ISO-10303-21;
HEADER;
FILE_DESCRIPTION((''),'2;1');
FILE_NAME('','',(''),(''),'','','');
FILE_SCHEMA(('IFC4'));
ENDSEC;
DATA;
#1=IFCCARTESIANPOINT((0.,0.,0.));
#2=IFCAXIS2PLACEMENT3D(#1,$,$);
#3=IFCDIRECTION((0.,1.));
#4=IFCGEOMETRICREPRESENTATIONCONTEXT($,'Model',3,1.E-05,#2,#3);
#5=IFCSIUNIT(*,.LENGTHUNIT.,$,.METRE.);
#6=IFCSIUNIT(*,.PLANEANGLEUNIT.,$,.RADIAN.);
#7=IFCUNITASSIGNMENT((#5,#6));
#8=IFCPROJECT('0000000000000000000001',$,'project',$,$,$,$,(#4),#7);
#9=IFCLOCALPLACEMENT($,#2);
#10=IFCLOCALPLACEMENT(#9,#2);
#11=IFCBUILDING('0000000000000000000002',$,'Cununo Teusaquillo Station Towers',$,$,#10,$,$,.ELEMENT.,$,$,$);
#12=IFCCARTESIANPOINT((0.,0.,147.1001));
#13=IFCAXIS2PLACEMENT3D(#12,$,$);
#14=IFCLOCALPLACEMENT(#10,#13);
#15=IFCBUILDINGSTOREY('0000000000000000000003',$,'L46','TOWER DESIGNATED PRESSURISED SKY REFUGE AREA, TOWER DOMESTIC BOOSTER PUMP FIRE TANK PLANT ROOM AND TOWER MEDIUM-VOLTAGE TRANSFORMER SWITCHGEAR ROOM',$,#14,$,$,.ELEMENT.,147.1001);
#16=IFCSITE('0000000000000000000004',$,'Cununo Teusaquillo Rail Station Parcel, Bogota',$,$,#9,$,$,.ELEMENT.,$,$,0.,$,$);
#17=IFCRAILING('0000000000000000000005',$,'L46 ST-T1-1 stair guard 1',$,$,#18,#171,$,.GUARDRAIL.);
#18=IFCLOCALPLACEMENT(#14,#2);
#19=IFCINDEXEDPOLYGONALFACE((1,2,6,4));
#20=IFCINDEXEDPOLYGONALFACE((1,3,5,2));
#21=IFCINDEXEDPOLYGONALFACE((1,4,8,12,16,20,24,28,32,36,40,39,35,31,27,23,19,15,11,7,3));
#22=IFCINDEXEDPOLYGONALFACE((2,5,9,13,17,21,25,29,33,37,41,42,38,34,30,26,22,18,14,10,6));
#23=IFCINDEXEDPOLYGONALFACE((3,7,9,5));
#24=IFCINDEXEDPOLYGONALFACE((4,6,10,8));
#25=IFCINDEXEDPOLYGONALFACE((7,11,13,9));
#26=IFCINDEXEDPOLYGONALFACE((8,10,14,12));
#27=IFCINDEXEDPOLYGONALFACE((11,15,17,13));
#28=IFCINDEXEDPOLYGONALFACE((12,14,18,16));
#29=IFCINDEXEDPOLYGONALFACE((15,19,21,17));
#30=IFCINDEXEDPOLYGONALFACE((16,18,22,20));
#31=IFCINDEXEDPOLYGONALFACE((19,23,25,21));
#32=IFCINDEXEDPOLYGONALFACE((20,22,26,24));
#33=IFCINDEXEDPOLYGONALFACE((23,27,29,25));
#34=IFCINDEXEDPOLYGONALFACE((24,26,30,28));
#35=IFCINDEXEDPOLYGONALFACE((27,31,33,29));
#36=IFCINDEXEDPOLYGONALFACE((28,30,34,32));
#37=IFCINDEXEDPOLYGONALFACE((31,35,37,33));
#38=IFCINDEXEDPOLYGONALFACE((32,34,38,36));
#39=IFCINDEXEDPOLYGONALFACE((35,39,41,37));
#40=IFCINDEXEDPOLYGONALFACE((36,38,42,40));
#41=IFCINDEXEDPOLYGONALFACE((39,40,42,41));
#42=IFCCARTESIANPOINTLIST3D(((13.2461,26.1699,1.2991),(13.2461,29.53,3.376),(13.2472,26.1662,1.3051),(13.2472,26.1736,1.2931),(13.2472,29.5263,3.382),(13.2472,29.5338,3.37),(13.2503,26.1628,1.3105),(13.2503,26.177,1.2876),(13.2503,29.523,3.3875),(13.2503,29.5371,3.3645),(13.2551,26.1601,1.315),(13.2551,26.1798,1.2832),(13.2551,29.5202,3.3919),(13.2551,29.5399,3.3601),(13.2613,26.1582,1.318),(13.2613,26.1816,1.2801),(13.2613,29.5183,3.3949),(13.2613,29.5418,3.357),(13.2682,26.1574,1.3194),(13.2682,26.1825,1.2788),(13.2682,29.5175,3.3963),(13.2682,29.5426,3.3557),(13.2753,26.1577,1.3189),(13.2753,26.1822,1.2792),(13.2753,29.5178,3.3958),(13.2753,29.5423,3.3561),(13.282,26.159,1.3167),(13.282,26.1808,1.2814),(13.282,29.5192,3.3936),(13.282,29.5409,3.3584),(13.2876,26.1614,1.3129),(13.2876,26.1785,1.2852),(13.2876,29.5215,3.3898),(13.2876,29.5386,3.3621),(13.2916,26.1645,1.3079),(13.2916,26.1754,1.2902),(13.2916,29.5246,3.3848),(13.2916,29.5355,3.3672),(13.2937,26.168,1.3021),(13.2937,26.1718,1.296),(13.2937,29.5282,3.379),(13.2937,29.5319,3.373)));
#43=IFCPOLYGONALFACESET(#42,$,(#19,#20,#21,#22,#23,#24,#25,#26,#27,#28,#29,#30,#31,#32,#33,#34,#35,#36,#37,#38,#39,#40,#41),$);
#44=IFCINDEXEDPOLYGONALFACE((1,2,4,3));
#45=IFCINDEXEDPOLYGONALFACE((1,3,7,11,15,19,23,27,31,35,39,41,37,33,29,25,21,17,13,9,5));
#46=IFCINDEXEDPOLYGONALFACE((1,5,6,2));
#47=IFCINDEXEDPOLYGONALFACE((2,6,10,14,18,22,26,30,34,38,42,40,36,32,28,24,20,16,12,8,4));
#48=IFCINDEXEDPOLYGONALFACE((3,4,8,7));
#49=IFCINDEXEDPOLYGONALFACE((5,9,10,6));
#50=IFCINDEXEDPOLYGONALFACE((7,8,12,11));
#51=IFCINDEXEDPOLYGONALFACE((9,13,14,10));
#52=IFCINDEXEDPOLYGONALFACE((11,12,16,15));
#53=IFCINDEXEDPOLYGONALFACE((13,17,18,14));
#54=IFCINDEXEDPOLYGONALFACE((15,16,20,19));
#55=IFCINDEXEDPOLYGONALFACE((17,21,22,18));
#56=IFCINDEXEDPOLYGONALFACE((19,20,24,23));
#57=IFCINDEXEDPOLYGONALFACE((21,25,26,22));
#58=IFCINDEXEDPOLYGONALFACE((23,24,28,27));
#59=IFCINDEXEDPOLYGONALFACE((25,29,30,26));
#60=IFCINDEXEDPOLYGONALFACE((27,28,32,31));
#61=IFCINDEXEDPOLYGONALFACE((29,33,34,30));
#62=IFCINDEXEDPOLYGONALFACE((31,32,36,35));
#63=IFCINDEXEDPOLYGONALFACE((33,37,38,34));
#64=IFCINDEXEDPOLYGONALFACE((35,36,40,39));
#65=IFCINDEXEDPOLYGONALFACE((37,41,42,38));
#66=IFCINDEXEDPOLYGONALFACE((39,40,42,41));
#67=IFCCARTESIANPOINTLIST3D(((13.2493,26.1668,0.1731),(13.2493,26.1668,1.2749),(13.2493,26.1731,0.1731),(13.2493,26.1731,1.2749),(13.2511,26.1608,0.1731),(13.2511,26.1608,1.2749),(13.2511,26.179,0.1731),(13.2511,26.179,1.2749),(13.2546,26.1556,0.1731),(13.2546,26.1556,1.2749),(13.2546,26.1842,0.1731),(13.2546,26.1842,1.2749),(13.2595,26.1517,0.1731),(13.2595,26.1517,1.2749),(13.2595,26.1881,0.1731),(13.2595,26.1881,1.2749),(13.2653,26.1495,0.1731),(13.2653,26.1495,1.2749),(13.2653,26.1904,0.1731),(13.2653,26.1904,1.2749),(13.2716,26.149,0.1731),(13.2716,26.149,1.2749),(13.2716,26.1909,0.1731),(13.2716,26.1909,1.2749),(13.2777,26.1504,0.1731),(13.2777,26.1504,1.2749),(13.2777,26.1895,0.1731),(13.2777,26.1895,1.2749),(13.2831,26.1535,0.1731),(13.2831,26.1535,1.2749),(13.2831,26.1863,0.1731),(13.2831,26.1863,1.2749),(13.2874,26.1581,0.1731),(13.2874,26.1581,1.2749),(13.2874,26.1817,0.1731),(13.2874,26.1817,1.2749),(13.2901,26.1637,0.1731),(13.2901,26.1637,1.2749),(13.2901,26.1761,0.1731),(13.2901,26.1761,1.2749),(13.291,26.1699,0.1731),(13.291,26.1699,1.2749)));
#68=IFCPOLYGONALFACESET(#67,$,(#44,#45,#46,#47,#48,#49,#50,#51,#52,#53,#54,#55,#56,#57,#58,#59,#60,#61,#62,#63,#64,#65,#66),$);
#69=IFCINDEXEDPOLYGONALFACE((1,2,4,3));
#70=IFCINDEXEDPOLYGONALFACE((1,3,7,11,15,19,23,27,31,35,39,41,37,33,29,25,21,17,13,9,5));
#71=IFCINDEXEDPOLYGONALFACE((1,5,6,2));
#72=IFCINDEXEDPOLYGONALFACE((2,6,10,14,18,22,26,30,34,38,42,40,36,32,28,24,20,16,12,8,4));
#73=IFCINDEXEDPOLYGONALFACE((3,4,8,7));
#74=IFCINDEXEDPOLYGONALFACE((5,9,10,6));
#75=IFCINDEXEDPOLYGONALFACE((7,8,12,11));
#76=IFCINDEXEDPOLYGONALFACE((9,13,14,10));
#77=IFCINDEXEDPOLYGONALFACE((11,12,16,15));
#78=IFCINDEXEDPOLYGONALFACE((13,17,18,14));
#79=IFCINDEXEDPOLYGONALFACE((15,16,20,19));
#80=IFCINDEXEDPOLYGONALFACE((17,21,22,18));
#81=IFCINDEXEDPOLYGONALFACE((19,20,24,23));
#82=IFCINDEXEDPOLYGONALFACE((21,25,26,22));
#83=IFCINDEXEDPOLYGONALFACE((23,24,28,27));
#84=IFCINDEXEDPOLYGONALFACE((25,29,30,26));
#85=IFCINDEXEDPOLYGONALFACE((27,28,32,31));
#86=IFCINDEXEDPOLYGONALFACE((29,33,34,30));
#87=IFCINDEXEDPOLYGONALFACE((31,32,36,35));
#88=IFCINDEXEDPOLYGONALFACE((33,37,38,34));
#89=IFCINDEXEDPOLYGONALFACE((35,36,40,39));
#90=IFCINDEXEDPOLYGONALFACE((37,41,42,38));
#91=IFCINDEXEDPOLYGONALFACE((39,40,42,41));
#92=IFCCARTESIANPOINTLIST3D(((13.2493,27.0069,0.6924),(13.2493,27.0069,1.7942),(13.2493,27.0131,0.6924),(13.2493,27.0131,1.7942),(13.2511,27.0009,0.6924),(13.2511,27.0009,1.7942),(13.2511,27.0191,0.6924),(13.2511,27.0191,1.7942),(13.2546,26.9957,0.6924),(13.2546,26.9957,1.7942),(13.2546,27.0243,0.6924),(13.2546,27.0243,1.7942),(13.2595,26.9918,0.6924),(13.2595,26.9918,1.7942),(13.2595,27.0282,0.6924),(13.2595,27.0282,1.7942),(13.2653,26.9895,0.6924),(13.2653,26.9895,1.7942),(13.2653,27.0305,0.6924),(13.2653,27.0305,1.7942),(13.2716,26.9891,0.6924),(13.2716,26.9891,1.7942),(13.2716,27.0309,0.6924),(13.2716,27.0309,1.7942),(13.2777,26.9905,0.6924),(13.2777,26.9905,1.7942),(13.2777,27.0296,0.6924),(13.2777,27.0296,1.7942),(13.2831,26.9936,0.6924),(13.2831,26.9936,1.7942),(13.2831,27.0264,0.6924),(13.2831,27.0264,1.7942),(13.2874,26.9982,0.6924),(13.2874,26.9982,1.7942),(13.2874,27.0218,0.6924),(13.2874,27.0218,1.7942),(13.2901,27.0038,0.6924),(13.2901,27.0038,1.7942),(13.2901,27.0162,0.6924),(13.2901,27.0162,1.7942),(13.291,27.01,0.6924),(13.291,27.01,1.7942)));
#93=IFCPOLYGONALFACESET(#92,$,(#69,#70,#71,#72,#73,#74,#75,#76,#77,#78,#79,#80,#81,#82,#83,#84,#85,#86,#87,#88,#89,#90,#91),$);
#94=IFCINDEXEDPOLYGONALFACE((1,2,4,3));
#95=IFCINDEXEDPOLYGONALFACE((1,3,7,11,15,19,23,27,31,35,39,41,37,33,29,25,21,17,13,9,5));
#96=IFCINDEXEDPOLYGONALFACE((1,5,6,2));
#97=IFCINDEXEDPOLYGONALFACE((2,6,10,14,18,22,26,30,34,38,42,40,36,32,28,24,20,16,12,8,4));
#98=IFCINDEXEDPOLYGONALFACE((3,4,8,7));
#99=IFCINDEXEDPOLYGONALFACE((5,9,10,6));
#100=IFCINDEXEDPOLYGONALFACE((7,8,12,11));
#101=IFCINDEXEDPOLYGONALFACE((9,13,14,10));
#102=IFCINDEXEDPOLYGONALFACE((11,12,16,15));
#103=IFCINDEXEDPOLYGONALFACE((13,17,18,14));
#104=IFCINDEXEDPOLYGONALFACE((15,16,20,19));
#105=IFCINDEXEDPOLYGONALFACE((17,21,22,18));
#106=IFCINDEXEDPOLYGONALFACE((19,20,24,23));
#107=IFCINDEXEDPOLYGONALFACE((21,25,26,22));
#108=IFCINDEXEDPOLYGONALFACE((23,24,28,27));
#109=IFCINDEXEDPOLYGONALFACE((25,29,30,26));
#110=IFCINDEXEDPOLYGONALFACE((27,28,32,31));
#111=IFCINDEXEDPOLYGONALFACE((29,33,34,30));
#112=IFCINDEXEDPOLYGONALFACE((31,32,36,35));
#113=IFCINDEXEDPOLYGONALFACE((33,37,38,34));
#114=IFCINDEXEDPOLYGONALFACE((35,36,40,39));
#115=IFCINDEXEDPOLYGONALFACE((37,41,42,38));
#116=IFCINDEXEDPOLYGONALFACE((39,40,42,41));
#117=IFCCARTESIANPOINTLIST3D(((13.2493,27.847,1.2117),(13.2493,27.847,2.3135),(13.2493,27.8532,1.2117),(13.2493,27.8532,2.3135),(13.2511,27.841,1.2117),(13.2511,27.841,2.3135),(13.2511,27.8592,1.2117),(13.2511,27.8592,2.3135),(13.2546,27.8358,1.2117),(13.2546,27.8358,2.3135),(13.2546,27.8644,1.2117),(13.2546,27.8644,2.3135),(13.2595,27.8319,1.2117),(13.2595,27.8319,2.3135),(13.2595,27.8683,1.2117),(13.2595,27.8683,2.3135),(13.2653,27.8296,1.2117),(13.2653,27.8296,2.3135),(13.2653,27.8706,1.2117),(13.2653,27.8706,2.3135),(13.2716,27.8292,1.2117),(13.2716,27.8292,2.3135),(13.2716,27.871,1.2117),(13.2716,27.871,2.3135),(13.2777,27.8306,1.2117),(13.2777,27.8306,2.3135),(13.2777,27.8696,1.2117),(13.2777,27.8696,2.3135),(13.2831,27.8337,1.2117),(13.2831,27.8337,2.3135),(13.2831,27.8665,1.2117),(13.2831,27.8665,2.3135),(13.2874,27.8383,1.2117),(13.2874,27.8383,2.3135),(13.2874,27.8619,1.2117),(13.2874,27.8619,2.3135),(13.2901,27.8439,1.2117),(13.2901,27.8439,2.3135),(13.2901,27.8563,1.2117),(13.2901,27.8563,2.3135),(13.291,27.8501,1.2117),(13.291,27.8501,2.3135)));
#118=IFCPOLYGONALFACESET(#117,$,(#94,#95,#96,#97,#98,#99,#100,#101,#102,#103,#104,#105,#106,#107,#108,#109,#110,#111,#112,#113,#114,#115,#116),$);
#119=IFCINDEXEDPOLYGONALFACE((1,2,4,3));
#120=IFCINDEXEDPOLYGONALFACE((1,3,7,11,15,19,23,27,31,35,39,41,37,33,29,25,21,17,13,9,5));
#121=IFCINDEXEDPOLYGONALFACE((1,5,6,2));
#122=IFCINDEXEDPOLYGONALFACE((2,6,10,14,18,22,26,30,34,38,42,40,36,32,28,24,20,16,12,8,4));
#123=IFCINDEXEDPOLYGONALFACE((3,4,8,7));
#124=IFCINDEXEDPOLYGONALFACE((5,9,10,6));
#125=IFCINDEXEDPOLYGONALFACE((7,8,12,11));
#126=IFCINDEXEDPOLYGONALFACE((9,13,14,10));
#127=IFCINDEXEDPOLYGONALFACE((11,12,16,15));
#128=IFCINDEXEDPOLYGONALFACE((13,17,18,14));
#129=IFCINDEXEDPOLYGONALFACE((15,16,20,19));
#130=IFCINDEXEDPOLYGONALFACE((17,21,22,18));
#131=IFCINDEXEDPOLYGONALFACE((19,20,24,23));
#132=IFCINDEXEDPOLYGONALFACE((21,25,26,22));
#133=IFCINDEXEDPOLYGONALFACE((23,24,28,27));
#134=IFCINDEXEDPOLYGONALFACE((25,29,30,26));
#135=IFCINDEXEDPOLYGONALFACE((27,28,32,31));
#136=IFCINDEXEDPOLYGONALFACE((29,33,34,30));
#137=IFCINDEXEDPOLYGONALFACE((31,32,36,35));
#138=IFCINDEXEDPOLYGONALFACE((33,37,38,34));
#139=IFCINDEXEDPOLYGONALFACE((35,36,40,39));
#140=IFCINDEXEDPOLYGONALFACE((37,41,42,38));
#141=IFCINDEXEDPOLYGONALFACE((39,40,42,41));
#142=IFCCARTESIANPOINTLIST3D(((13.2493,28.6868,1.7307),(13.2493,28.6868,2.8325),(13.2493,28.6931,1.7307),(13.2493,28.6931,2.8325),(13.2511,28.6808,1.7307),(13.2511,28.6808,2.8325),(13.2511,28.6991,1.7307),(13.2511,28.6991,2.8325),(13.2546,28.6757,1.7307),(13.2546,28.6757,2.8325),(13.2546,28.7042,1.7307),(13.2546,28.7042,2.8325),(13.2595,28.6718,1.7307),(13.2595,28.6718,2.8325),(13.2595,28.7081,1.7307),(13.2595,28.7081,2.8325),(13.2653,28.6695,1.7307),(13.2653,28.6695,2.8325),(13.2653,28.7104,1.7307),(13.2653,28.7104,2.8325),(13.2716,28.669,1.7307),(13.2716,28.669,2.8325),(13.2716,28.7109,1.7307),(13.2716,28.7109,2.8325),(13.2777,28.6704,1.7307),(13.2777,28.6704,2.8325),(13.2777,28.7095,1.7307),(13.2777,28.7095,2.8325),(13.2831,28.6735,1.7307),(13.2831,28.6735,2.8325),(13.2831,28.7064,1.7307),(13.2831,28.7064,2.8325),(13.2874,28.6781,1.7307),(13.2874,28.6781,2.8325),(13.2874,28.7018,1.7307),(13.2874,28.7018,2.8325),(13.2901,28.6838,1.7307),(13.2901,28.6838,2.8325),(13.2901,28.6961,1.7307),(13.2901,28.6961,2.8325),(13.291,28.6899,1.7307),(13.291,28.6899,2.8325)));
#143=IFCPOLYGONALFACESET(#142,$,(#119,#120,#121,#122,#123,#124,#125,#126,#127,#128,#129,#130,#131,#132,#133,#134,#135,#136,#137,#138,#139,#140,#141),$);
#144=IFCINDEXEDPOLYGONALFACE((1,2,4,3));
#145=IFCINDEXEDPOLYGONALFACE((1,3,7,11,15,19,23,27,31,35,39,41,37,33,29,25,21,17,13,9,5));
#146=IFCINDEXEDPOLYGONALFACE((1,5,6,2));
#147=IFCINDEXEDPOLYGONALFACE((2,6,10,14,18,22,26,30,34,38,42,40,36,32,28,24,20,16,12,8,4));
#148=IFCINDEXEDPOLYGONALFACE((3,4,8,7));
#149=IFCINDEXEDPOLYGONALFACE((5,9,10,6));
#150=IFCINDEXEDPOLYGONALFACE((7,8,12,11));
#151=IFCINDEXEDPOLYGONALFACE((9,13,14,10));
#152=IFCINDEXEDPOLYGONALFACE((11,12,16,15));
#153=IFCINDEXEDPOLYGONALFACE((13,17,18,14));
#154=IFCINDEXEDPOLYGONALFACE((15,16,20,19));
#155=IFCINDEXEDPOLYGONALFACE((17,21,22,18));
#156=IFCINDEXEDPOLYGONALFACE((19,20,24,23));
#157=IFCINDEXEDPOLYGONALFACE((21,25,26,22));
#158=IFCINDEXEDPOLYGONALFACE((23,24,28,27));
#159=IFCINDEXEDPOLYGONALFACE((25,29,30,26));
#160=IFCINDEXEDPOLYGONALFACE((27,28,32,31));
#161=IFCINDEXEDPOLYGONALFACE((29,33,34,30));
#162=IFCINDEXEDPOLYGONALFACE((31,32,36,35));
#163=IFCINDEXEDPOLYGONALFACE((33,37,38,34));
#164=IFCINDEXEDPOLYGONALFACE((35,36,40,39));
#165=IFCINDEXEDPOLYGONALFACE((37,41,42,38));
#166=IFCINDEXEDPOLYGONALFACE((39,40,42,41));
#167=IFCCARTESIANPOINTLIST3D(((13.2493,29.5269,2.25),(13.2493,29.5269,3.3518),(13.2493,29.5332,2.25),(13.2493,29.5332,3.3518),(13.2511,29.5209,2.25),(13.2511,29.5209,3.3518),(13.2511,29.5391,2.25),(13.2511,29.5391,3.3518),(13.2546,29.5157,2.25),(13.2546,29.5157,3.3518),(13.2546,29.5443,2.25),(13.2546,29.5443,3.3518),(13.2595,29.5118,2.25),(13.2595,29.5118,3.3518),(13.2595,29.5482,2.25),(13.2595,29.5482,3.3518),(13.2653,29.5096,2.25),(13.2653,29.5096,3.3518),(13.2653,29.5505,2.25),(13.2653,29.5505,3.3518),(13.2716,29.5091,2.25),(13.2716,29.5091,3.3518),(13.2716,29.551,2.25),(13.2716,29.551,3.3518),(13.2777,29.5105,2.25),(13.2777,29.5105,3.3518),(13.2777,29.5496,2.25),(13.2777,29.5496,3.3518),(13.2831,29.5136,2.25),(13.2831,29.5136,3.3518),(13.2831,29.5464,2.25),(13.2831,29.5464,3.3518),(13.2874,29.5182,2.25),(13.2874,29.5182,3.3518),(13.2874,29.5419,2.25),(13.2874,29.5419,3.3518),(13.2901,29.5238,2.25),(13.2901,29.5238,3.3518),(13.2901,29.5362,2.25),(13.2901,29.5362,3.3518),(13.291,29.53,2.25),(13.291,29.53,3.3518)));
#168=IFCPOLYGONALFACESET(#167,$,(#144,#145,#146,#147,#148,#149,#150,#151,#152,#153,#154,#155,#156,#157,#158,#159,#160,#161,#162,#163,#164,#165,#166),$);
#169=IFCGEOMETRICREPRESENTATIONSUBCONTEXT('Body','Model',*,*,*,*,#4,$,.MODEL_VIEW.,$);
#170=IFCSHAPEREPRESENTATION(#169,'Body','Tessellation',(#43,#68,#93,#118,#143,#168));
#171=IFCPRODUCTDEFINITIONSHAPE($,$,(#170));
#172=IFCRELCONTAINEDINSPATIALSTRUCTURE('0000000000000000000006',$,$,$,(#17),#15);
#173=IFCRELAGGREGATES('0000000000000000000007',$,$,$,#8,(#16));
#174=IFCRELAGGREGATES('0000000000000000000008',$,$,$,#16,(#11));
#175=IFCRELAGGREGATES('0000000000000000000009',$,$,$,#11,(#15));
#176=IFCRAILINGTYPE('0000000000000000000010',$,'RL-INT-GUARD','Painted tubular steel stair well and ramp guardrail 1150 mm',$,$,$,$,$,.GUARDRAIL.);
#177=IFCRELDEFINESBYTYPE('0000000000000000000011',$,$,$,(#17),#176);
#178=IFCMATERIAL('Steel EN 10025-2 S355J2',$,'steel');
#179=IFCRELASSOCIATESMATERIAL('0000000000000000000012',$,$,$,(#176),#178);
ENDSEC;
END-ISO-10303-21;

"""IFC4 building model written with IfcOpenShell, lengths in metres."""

from ifc_helpers import new_model, si_unit, direction, frame, origin, origin_2d, place, context, subcontext, project, spatial, circle, extrude, material, type_object, element, save


model = new_model("IFC4")

# Units and contexts
model_context = context("Model", 3, precision=1e-05, world=origin(), true_north=direction((0.0, 1.0)))
body_context = subcontext(model_context, "Body", "Model", "MODEL_VIEW")
ifc_project = project(units=[si_unit("LENGTHUNIT", "METRE"), si_unit("PLANEANGLEUNIT", "RADIAN")], contexts=[model_context])

# Site, building, storey
site_placement = place(None, origin())
site = spatial("IfcSite", under=ifc_project, at=site_placement, Name="Cununo Teusaquillo Rail Station Parcel, Bogota", CompositionType="ELEMENT", RefElevation=0.0)
building_placement = place(site_placement, origin())
building = spatial("IfcBuilding", under=site, at=building_placement, Name="Cununo Teusaquillo Station Towers", CompositionType="ELEMENT")
storey_placement = place(building_placement, frame((0.0, 0.0, 147.1001)))
storey = spatial("IfcBuildingStorey", under=building, at=storey_placement, Name="L46", Description="TOWER DESIGNATED PRESSURISED SKY REFUGE AREA, TOWER DOMESTIC BOOSTER PUMP FIRE TANK PLANT ROOM AND TOWER MEDIUM-VOLTAGE TRANSFORMER SWITCHGEAR ROOM", CompositionType="ELEMENT", Elevation=147.1001)

# Railing
ifc_material_1 = material(Name="Steel EN 10025-2 S355J2", Category="steel")
railing_type_1 = type_object("IfcRailingType", Name="RL-INT-GUARD", Description="Painted tubular steel stair well and ramp guardrail 1150 mm", PredefinedType="GUARDRAIL", material=ifc_material_1)
railing_1_placement = place(storey_placement, frame((13.27, 26.1699, 0.1731)))
element("IfcRailing", 1, at=railing_1_placement, inside=storey, type_object=railing_type_1, Name="L46 ST-T1-1 stair guard 1", PredefinedType="GUARDRAIL", context=body_context, shape_type="SweptSolid", body=[
    extrude(circle(Radius=0.0239, at=origin_2d()), frame((0.0, 0.0, 1.126), z_axis=(0.0, 0.850623, 0.525776), x_axis=(-1.0, 0.0, 0.0)), (0.0, 0.0, 1.0), 3.9502),
    extrude(circle(Radius=0.021, at=origin_2d()), origin(), (0.0, 0.0, 1.0), 1.1018),
    extrude(circle(Radius=0.021, at=origin_2d()), frame((0.0, 0.8401, 0.5193)), (0.0, 0.0, 1.0), 1.1018),
    extrude(circle(Radius=0.021, at=origin_2d()), frame((0.0, 1.6802, 1.0386)), (0.0, 0.0, 1.0), 1.1018),
    extrude(circle(Radius=0.021, at=origin_2d()), frame((0.0, 2.52, 1.5576)), (0.0, 0.0, 1.0), 1.1018),
    extrude(circle(Radius=0.021, at=origin_2d()), frame((0.0, 3.3601, 2.0769)), (0.0, 0.0, 1.0), 1.1018),
])

save(model, "model.ifc")
